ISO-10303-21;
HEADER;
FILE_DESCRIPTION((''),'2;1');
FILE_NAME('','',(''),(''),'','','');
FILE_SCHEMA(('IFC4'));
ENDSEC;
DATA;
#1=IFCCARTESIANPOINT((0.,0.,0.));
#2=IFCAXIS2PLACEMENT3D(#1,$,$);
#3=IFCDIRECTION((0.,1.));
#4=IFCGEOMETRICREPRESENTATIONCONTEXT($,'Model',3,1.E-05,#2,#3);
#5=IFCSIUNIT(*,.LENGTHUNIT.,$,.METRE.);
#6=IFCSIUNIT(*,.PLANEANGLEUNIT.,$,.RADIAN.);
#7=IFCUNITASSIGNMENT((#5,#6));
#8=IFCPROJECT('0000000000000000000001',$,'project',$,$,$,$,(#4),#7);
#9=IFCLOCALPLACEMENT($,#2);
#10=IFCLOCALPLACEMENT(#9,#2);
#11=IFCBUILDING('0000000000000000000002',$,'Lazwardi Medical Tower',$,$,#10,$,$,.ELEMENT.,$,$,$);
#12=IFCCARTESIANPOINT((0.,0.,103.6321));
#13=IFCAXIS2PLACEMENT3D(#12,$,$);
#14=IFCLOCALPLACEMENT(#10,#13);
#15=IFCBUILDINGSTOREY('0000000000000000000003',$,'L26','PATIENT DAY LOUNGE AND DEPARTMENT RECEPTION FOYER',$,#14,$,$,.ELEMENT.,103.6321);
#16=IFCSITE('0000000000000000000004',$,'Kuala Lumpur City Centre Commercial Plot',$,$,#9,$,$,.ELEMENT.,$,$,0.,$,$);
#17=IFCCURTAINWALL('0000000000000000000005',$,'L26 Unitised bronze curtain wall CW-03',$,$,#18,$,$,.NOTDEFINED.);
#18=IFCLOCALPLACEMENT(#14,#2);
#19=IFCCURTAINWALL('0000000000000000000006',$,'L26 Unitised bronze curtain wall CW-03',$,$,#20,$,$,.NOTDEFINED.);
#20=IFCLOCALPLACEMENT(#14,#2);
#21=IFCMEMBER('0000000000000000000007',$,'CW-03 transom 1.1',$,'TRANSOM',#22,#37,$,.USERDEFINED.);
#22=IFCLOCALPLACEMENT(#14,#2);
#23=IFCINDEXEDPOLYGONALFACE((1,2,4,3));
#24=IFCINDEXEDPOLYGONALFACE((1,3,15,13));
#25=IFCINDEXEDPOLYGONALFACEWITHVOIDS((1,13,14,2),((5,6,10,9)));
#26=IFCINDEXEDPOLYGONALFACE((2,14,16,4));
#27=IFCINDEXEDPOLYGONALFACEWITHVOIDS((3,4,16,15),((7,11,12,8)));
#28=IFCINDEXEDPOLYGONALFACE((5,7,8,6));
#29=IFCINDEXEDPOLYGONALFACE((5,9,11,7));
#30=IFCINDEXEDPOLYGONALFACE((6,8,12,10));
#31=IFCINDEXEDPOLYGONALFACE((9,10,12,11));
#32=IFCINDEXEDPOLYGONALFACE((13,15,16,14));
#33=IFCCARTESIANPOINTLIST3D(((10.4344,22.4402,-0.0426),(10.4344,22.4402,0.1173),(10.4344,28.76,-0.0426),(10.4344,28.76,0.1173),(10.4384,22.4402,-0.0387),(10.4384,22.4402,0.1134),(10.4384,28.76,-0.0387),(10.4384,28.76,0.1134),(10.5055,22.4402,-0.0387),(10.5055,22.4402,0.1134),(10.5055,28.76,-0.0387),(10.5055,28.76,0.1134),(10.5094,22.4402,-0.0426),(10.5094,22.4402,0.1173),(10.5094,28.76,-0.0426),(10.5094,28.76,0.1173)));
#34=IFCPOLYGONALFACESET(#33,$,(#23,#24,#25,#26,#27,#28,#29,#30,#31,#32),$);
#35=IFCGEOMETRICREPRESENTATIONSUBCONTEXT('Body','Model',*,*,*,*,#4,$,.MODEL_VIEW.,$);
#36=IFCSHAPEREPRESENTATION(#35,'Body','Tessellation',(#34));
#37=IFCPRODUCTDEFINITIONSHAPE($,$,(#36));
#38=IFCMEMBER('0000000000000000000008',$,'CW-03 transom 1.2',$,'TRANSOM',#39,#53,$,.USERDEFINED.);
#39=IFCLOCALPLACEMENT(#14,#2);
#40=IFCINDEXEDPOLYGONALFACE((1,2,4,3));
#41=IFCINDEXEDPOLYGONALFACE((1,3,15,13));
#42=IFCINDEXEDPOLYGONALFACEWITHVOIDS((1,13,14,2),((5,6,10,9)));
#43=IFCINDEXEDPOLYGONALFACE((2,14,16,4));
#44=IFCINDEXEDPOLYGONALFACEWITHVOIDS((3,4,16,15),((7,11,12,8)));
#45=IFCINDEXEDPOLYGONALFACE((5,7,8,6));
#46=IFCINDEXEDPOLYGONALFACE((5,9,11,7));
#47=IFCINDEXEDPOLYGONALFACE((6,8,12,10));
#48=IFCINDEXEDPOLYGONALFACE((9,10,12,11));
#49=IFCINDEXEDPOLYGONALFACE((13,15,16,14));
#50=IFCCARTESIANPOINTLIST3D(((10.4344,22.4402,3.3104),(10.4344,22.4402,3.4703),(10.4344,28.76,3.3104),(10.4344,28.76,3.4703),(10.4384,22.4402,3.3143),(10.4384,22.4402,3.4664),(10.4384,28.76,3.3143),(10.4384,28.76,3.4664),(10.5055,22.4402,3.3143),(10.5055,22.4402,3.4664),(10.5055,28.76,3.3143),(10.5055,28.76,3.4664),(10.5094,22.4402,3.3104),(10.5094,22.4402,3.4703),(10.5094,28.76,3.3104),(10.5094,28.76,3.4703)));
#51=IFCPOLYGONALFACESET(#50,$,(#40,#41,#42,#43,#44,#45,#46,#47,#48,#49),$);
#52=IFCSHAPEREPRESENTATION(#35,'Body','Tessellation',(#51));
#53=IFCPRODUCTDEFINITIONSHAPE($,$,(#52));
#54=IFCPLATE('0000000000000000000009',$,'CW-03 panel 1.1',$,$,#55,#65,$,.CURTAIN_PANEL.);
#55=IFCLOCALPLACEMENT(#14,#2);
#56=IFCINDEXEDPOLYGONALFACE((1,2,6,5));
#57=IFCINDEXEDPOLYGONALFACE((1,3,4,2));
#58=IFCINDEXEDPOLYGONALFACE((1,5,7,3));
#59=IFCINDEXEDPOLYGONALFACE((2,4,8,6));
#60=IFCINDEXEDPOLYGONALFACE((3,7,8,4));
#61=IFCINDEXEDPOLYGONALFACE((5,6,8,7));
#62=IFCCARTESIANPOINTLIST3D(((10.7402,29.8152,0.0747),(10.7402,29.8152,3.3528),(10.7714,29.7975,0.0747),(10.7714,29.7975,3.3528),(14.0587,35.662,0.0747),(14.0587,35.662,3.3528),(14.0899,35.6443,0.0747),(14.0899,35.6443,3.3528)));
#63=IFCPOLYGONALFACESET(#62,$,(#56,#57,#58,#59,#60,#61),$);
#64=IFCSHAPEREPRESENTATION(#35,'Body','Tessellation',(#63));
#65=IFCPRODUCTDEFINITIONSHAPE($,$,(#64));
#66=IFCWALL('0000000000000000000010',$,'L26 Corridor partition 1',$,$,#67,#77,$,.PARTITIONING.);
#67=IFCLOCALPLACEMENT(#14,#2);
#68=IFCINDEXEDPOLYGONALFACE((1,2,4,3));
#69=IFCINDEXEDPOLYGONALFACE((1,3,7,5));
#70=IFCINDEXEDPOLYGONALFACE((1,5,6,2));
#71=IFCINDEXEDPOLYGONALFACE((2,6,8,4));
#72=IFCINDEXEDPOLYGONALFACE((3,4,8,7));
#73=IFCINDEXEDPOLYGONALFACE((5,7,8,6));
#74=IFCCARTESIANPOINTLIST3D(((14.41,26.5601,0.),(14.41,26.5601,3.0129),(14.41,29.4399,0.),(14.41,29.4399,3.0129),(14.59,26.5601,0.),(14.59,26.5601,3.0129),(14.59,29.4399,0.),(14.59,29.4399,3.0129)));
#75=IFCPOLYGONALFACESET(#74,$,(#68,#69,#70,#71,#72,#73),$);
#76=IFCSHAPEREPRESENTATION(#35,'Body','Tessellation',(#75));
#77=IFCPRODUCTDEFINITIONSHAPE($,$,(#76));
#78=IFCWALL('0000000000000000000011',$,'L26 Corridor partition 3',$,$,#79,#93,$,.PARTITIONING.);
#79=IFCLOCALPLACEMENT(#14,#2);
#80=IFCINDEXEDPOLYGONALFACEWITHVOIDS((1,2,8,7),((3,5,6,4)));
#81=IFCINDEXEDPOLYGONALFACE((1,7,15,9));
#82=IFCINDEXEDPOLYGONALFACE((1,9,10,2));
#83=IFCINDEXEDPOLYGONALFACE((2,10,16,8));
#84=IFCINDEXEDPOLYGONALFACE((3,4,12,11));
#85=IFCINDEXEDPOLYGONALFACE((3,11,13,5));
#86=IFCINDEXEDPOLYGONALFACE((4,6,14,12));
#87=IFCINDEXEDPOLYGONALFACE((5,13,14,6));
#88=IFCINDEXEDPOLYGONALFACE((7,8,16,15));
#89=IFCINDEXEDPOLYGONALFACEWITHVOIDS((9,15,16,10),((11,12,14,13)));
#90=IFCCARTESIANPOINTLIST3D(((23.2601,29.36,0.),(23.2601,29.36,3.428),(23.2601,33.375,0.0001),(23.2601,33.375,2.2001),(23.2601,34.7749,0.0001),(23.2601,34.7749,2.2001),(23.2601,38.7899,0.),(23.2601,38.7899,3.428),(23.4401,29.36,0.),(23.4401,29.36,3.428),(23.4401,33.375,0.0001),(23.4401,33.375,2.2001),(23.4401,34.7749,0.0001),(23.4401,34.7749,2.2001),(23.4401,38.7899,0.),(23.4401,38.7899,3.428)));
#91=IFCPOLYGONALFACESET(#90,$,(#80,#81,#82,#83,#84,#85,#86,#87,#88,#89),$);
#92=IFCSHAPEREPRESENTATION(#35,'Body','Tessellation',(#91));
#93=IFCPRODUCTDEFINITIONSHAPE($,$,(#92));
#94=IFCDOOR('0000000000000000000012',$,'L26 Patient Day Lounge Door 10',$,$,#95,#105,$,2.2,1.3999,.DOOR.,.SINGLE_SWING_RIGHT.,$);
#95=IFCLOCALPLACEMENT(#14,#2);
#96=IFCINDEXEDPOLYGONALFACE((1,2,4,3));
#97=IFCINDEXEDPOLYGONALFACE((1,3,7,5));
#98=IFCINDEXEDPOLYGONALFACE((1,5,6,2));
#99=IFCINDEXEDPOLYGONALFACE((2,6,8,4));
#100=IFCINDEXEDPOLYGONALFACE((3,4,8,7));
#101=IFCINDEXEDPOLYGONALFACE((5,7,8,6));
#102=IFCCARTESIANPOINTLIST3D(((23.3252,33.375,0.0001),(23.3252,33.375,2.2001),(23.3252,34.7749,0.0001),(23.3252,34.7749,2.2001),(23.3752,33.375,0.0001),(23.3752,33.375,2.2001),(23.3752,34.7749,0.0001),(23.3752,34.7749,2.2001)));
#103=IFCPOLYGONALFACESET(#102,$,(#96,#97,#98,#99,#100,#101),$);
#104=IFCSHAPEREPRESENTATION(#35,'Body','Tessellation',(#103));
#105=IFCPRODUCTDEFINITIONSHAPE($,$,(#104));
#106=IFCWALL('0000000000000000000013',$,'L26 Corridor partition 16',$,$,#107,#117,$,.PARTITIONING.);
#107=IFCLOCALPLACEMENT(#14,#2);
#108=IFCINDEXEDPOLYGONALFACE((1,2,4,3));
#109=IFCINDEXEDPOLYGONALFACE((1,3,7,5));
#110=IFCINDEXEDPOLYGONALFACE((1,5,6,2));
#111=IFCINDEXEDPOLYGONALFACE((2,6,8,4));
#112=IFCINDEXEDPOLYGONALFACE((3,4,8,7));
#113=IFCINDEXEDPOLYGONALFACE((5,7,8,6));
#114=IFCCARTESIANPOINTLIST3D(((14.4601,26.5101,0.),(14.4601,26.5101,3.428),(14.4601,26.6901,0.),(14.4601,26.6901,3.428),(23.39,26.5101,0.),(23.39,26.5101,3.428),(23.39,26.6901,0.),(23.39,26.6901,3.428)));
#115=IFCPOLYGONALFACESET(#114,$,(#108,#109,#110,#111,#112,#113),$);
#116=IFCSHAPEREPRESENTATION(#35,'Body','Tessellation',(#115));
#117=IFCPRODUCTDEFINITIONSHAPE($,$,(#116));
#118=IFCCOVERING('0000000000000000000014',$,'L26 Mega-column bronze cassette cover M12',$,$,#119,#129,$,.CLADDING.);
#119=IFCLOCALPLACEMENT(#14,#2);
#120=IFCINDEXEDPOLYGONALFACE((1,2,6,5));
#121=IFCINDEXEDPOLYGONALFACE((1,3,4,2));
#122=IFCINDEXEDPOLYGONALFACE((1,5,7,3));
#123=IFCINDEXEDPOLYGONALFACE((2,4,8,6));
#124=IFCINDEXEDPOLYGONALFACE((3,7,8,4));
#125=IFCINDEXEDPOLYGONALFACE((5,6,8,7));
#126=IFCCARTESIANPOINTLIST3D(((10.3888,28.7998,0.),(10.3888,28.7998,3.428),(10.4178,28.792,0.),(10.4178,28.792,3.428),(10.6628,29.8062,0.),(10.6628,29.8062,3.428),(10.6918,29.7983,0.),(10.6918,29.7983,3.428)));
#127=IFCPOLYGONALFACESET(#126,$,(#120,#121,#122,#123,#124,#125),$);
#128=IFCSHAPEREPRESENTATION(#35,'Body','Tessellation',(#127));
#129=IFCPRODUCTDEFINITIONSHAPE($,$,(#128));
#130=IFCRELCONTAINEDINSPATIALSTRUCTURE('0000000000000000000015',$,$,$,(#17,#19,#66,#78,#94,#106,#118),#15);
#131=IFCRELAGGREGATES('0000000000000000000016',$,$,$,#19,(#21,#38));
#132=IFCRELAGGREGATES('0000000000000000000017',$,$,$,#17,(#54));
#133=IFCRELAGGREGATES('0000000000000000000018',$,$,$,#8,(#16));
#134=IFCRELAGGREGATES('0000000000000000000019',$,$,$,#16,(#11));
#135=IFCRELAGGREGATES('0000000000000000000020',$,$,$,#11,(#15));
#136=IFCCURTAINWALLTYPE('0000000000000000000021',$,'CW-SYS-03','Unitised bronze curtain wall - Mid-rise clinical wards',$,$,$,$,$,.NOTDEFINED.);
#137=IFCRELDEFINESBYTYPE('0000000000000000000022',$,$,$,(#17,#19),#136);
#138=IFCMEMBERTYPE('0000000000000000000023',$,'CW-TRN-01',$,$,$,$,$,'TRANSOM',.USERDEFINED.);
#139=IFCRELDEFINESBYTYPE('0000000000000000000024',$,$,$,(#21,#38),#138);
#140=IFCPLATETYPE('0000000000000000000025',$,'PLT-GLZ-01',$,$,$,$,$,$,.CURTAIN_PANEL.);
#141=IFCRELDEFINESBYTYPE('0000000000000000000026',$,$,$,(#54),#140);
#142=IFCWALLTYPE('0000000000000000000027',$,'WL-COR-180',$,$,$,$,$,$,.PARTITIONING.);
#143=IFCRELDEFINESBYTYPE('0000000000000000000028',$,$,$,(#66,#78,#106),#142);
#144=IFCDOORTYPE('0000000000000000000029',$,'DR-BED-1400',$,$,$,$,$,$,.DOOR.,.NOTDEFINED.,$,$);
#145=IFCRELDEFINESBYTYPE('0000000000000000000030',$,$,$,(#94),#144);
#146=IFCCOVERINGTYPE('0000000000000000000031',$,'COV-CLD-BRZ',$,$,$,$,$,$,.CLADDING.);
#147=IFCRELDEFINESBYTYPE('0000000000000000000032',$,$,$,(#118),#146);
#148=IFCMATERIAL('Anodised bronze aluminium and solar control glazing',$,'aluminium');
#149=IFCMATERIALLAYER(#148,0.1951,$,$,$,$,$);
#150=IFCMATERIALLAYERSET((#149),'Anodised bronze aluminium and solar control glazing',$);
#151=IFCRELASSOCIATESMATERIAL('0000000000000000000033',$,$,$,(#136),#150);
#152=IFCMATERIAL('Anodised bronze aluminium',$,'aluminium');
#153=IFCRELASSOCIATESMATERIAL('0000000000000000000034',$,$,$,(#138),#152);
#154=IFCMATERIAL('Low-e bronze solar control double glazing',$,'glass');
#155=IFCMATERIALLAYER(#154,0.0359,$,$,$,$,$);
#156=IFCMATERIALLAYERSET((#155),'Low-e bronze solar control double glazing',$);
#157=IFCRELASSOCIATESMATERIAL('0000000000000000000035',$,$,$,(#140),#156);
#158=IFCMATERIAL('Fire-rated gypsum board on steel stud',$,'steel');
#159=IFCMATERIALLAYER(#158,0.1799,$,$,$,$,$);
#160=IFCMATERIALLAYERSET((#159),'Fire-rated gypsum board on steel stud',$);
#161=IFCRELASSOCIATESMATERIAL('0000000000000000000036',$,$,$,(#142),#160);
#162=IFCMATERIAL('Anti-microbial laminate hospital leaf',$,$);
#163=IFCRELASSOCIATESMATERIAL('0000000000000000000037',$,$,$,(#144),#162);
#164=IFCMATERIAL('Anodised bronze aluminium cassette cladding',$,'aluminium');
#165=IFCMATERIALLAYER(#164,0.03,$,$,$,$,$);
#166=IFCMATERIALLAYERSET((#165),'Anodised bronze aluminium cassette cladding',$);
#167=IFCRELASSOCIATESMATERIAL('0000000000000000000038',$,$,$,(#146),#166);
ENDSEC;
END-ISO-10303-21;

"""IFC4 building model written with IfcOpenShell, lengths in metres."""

from ifc_helpers import new_model, si_unit, direction, frame, frame_2d, origin, origin_2d, place, context, subcontext, project, spatial, rectangle, hollow_rectangle, extrude, material, layer, layer_set, material_profile, profile_set, type_object, element, fill, aggregate, save


model = new_model("IFC4")

# Units and contexts
model_context = context("Model", 3, precision=1e-05, world=origin(), true_north=direction((0.0, 1.0)))
body_context = subcontext(model_context, "Body", "Model", "MODEL_VIEW")
ifc_project = project(units=[si_unit("LENGTHUNIT", "METRE"), si_unit("PLANEANGLEUNIT", "RADIAN")], contexts=[model_context])

# Site, building, storey
site_placement = place(None, origin())
site = spatial("IfcSite", under=ifc_project, at=site_placement, Name="Kuala Lumpur City Centre Commercial Plot", CompositionType="ELEMENT", RefElevation=0.0)
building_placement = place(site_placement, origin())
building = spatial("IfcBuilding", under=site, at=building_placement, Name="Lazwardi Medical Tower", CompositionType="ELEMENT")
storey_placement = place(building_placement, frame((0.0, 0.0, 103.6321)))
storey = spatial("IfcBuildingStorey", under=building, at=storey_placement, Name="L26", Description="PATIENT DAY LOUNGE AND DEPARTMENT RECEPTION FOYER", CompositionType="ELEMENT", Elevation=103.6321)

# Curtain wall
ifc_material_1 = material(Name="Anodised bronze aluminium and solar control glazing", Category="aluminium")
ifc_layer_1 = layer(ifc_material_1, 0.1951)
ifc_layer_set_1 = layer_set([ifc_layer_1], Name="Anodised bronze aluminium and solar control glazing")
curtain_wall_type = type_object("IfcCurtainWallType", Name="CW-SYS-03", Description="Unitised bronze curtain wall - Mid-rise clinical wards", PredefinedType="NOTDEFINED", material=ifc_layer_set_1)
curtain_wall_1_placement = place(storey_placement, origin())
curtain_wall_1 = element("IfcCurtainWall", 1, at=curtain_wall_1_placement, inside=storey, type_object=curtain_wall_type, Name="L26 Unitised bronze curtain wall CW-03", PredefinedType="NOTDEFINED")
ifc_material_2 = material(Name="Anodised bronze aluminium", Category="aluminium")

# Curtain wall
curtain_wall_2_placement = place(storey_placement, origin())
curtain_wall_2 = element("IfcCurtainWall", 2, at=curtain_wall_2_placement, inside=storey, type_object=curtain_wall_type, Name="L26 Unitised bronze curtain wall CW-03", PredefinedType="NOTDEFINED")

# Members
ifc_material_profile_1 = material_profile(ifc_material_2, hollow_rectangle(XDim=0.075, YDim=0.1599, WallThickness=0.0039, at=origin_2d()), Name="ALU-TRANSOM 160x75x4")
ifc_profile_set_1 = profile_set([ifc_material_profile_1], Name="Anodised bronze aluminium")
member_type_1 = type_object("IfcMemberType", Name="CW-TRN-01", ElementType="TRANSOM", PredefinedType="USERDEFINED", material=ifc_profile_set_1)
member_1_placement = place(storey_placement, frame((10.4719, 28.76, 0.0374), z_axis=(0.0, -1.0, 0.0), x_axis=(1.0, 0.0, 0.0)))
member_1 = element("IfcMember", 3, at=member_1_placement, type_object=member_type_1, Name="CW-03 transom 1.1", ObjectType="TRANSOM", PredefinedType="USERDEFINED", context=body_context, shape_type="SweptSolid", body=[
    extrude(hollow_rectangle(XDim=0.075, YDim=0.1599, WallThickness=0.0039, at=origin_2d()), origin(), (0.0, 0.0, 1.0), 6.3198),
])
member_2_placement = place(storey_placement, frame((10.4719, 28.76, 3.3904), z_axis=(0.0, -1.0, 0.0), x_axis=(1.0, 0.0, 0.0)))
member_2 = element("IfcMember", 4, at=member_2_placement, type_object=member_type_1, Name="CW-03 transom 1.2", ObjectType="TRANSOM", PredefinedType="USERDEFINED", context=body_context, shape_type="SweptSolid", body=[
    extrude(hollow_rectangle(XDim=0.075, YDim=0.1599, WallThickness=0.0039, at=origin_2d()), origin(), (0.0, 0.0, 1.0), 6.3198),
])
aggregate(curtain_wall_2, [member_1, member_2])

# Plate
ifc_material_3 = material(Name="Low-e bronze solar control double glazing", Category="glass")
ifc_layer_2 = layer(ifc_material_3, 0.0359)
ifc_layer_set_2 = layer_set([ifc_layer_2], Name="Low-e bronze solar control double glazing")
plate_type = type_object("IfcPlateType", Name="PLT-GLZ-01", PredefinedType="CURTAIN_PANEL", material=ifc_layer_set_2)
plate_placement = place(storey_placement, frame((12.415, 32.7297, 0.0747), z_axis=(0.0, 0.0, 1.0), x_axis=(-0.493603, -0.869687, 0.0)))
plate = element("IfcPlate", 5, at=plate_placement, type_object=plate_type, Name="CW-03 panel 1.1", PredefinedType="CURTAIN_PANEL", context=body_context, shape_type="SweptSolid", body=[
    extrude(rectangle(XDim=6.7229, YDim=0.0359, at=origin_2d()), origin(), (0.0, 0.0, 1.0), 3.2781),
])
aggregate(curtain_wall_1, [plate])

# Wall
ifc_material_4 = material(Name="Fire-rated gypsum board on steel stud", Category="steel")
ifc_layer_3 = layer(ifc_material_4, 0.1799)
ifc_layer_set_3 = layer_set([ifc_layer_3], Name="Fire-rated gypsum board on steel stud")
wall_type = type_object("IfcWallType", Name="WL-COR-180", PredefinedType="PARTITIONING", material=ifc_layer_set_3)
wall_1_placement = place(storey_placement, frame((14.5, 26.5601, 0.0), z_axis=(0.0, 0.0, 1.0), x_axis=(0.0, 1.0, 0.0)))
element("IfcWall", 6, at=wall_1_placement, inside=storey, type_object=wall_type, Name="L26 Corridor partition 1", PredefinedType="PARTITIONING", context=body_context, shape_type="SweptSolid", body=[
    extrude(rectangle(XDim=2.8799, YDim=0.1799, at=frame_2d((1.4399, 0.0))), origin(), (0.0, 0.0, 1.0), 3.0129),
])

# Wall, opening, door
wall_2_placement = place(storey_placement, frame((23.3501, 29.3601, 0.0), z_axis=(0.0, 0.0, 1.0), x_axis=(0.0, 1.0, 0.0)))
wall_2 = element("IfcWall", 7, at=wall_2_placement, inside=storey, type_object=wall_type, Name="L26 Corridor partition 3", PredefinedType="PARTITIONING", context=body_context, shape_type="SweptSolid", body=[
    extrude(rectangle(XDim=9.4299, YDim=0.1799, at=frame_2d((4.7148, 0.0))), origin(), (0.0, 0.0, 1.0), 3.428),
])
opening_placement = place(wall_2_placement, frame((4.0149, 0.0, 0.0)))
opening = element("IfcOpeningElement", 8, at=opening_placement, cuts=wall_2, PredefinedType="OPENING", context=body_context, shape_type="SweptSolid", body=[
    extrude(rectangle(XDim=1.3999, YDim=2.2, at=frame_2d((0.7, 1.1001))), frame((0.0, 0.0999, 0.0), z_axis=(0.0, -1.0, 0.0), x_axis=(1.0, 0.0, 0.0)), (0.0, 0.0, 1.0), 0.2),
])
ifc_material_5 = material(Name="Anti-microbial laminate hospital leaf")
door_type = type_object("IfcDoorType", Name="DR-BED-1400", OperationType="NOTDEFINED", PredefinedType="DOOR", material=ifc_material_5)
door_placement = place(opening_placement, origin())
door = element("IfcDoor", 9, at=door_placement, inside=storey, type_object=door_type, Name="L26 Patient Day Lounge Door 10", OperationType="SINGLE_SWING_RIGHT", OverallHeight=2.2, OverallWidth=1.3999, PredefinedType="DOOR", context=body_context, shape_type="SweptSolid", body=[
    extrude(rectangle(XDim=1.3999, YDim=2.2, at=frame_2d((0.7, 1.1001))), frame((0.0, 0.0249, 0.0), z_axis=(0.0, -1.0, 0.0), x_axis=(1.0, 0.0, 0.0)), (0.0, 0.0, 1.0), 0.05),
])
fill(opening, door)

# Wall
wall_3_placement = place(storey_placement, frame((23.3899, 26.6001, 0.0), z_axis=(0.0, 0.0, 1.0), x_axis=(-1.0, 0.0, 0.0)))
element("IfcWall", 10, at=wall_3_placement, inside=storey, type_object=wall_type, Name="L26 Corridor partition 16", PredefinedType="PARTITIONING", context=body_context, shape_type="SweptSolid", body=[
    extrude(rectangle(XDim=8.9299, YDim=0.1799, at=frame_2d((4.4648, 0.0))), origin(), (0.0, 0.0, 1.0), 3.428),
])

# Covering
ifc_material_6 = material(Name="Anodised bronze aluminium cassette cladding", Category="aluminium")
ifc_layer_4 = layer(ifc_material_6, 0.03)
ifc_layer_set_4 = layer_set([ifc_layer_4], Name="Anodised bronze aluminium cassette cladding")
covering_type = type_object("IfcCoveringType", Name="COV-CLD-BRZ", PredefinedType="CLADDING", material=ifc_layer_set_4)
covering_placement = place(storey_placement, frame((10.5403, 29.2991, 0.0), z_axis=(0.0, 0.0, 1.0), x_axis=(-0.262696, -0.964879, 0.0)))
element("IfcCovering", 11, at=covering_placement, inside=storey, type_object=covering_type, Name="L26 Mega-column bronze cassette cover M12", PredefinedType="CLADDING", context=body_context, shape_type="SweptSolid", body=[
    extrude(rectangle(XDim=1.043, YDim=0.03, at=origin_2d()), origin(), (0.0, 0.0, 1.0), 3.428),
])

save(model, "model.ifc")
